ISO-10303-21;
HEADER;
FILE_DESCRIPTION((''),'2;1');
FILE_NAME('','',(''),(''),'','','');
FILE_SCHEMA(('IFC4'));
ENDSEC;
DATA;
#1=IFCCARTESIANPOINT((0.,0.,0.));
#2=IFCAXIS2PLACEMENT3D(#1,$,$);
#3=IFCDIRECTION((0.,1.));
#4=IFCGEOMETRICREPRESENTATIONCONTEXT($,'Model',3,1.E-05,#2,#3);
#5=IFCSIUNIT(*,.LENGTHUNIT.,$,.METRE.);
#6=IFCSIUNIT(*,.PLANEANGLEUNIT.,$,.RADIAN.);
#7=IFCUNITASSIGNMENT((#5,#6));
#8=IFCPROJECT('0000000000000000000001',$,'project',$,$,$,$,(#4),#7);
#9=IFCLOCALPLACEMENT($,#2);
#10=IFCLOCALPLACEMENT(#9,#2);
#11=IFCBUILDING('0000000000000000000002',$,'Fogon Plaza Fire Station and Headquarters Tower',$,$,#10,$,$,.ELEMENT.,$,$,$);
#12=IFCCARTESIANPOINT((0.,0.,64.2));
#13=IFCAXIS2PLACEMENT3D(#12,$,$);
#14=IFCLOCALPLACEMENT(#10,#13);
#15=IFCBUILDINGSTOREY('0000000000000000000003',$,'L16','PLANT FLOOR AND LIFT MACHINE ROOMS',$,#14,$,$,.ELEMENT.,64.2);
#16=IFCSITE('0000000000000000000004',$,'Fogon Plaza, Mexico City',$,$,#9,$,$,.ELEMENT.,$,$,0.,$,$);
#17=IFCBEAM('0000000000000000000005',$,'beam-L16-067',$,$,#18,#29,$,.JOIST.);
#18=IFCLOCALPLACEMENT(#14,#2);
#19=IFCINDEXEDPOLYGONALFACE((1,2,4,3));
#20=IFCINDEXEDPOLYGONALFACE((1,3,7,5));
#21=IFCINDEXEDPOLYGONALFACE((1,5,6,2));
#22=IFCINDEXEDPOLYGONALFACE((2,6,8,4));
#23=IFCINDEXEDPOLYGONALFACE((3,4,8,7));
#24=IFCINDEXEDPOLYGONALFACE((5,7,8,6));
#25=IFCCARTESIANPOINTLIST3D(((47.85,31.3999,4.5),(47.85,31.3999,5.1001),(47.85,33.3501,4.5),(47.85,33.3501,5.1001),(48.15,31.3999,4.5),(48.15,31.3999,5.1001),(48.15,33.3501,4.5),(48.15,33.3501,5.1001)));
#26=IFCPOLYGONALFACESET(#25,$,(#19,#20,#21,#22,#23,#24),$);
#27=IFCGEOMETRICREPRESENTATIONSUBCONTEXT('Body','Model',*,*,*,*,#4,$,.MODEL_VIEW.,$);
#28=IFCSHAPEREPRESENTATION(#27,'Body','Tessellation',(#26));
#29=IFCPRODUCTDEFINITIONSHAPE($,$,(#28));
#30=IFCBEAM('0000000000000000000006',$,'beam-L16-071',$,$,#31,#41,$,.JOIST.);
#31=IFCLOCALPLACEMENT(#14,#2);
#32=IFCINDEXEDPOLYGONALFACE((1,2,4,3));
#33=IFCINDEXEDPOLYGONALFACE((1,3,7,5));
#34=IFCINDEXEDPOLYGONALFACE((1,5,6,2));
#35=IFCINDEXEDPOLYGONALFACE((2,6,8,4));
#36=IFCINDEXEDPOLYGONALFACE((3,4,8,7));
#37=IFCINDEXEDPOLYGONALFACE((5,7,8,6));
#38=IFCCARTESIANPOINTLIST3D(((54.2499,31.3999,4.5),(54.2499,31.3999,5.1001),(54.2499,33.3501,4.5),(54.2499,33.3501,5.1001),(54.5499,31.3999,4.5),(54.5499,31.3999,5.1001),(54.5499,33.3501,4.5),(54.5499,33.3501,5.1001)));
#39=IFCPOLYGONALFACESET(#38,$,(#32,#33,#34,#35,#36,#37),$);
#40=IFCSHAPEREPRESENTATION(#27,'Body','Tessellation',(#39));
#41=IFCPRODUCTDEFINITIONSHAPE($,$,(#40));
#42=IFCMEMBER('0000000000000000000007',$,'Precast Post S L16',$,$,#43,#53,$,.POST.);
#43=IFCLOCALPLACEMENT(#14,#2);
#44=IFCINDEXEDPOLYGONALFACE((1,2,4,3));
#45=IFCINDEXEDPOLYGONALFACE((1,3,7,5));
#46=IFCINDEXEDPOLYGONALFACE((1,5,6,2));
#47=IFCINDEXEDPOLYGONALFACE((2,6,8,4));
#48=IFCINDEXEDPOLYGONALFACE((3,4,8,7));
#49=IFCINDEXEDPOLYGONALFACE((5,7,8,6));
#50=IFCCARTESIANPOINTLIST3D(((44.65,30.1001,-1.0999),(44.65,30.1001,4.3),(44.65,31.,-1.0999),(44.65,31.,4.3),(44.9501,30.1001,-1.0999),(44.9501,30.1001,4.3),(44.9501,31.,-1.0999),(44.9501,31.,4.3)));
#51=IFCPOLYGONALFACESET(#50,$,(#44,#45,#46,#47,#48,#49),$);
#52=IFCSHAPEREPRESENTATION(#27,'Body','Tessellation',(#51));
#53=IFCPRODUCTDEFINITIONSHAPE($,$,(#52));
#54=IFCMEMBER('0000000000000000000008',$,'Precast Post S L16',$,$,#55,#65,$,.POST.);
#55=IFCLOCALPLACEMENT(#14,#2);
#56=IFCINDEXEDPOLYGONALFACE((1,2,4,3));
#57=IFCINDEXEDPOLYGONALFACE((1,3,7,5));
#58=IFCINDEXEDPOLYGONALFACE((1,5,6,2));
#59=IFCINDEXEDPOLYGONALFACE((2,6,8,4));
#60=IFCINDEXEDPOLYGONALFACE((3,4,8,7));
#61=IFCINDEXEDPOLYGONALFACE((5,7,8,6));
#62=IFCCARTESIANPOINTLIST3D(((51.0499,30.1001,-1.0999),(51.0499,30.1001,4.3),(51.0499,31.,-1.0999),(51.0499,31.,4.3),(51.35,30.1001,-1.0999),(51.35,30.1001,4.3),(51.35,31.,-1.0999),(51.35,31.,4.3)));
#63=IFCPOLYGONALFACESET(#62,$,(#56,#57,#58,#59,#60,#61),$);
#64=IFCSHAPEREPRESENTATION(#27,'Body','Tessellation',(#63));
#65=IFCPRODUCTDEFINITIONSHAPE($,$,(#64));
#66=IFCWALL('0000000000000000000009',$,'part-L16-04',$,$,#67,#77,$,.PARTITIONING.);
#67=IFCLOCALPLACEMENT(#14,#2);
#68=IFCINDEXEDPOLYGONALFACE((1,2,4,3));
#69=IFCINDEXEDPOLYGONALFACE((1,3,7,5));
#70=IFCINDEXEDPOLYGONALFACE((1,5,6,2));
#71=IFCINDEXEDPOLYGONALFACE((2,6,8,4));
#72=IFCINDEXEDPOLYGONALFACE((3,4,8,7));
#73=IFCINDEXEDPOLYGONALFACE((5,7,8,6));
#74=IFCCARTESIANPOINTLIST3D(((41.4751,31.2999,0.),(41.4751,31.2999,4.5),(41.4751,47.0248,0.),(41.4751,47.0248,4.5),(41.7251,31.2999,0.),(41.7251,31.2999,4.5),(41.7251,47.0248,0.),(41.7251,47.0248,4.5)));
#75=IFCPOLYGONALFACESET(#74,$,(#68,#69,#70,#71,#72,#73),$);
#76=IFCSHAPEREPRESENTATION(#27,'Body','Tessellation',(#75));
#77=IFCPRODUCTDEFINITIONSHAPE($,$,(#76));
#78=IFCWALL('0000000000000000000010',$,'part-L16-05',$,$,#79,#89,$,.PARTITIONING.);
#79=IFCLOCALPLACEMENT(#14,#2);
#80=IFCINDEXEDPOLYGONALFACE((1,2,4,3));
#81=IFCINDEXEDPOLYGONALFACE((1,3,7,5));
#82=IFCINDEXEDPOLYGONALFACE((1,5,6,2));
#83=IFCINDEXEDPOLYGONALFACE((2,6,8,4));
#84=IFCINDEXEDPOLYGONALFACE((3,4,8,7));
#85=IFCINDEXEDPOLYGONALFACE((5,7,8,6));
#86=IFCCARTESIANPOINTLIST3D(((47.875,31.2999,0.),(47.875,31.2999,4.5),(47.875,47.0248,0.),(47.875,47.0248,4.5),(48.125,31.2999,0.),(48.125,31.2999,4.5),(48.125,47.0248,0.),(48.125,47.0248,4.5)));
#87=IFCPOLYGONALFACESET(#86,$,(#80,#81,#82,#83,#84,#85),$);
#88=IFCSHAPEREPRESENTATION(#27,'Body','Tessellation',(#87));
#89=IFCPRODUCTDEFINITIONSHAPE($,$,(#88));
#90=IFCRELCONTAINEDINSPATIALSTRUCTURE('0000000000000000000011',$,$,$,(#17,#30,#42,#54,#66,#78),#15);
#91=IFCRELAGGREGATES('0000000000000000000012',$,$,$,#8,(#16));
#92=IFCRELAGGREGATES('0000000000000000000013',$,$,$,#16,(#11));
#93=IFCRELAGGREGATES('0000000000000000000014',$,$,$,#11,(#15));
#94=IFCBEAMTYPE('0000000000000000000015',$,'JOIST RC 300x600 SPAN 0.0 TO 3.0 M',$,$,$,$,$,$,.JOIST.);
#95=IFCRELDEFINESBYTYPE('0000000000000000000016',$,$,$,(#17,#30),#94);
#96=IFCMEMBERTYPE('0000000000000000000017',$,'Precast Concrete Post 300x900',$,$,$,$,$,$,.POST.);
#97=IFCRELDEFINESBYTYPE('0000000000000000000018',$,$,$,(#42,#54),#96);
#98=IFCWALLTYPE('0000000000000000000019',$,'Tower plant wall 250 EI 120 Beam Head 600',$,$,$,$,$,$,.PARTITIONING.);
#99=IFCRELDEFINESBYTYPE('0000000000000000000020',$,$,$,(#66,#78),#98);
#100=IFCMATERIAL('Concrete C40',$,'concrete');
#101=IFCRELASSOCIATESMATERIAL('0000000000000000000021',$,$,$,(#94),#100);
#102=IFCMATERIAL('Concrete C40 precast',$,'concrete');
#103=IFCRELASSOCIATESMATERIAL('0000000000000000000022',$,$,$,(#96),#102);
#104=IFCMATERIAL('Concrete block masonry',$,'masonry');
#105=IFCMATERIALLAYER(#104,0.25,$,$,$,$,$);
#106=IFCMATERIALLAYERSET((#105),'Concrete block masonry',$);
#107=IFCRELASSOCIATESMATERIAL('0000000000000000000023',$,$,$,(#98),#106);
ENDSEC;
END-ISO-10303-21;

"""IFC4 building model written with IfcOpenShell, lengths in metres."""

from ifc_helpers import new_model, si_unit, direction, frame, frame_2d, origin, origin_2d, place, context, subcontext, project, spatial, rectangle, extrude, material, layer, layer_set, material_profile, profile_set, type_object, element, save


model = new_model("IFC4")

# Units and contexts
model_context = context("Model", 3, precision=1e-05, world=origin(), true_north=direction((0.0, 1.0)))
body_context = subcontext(model_context, "Body", "Model", "MODEL_VIEW")
ifc_project = project(units=[si_unit("LENGTHUNIT", "METRE"), si_unit("PLANEANGLEUNIT", "RADIAN")], contexts=[model_context])

# Site, building, storey
site_placement = place(None, origin())
site = spatial("IfcSite", under=ifc_project, at=site_placement, Name="Fogon Plaza, Mexico City", CompositionType="ELEMENT", RefElevation=0.0)
building_placement = place(site_placement, origin())
building = spatial("IfcBuilding", under=site, at=building_placement, Name="Fogon Plaza Fire Station and Headquarters Tower", CompositionType="ELEMENT")
storey_placement = place(building_placement, frame((0.0, 0.0, 64.2)))
storey = spatial("IfcBuildingStorey", under=building, at=storey_placement, Name="L16", Description="PLANT FLOOR AND LIFT MACHINE ROOMS", CompositionType="ELEMENT", Elevation=64.2)

# Beams
ifc_material_1 = material(Name="Concrete C40", Category="concrete")
ifc_material_profile_1 = material_profile(ifc_material_1, rectangle(XDim=0.3, YDim=0.6001, at=origin_2d()), Name="RC 300x600")
ifc_profile_set_1 = profile_set([ifc_material_profile_1], Name="Concrete C40")
beam_type_1 = type_object("IfcBeamType", Name="JOIST RC 300x600 SPAN 0.0 TO 3.0 M", PredefinedType="JOIST", material=ifc_profile_set_1)
for number, where, z_axis, x_axis, name in (
    (1, (48.0, 31.3999, 4.8), (0.0, 1.0, 0.0), (-1.0, 0.0, 0.0), "beam-L16-067"),
    (2, (54.3999, 31.3999, 4.8), (0.0, 1.0, 0.0), (-1.0, 0.0, 0.0), "beam-L16-071"),
):
    element("IfcBeam", number, at=place(storey_placement, frame(where, z_axis=z_axis, x_axis=x_axis)), inside=storey, type_object=beam_type_1, Name=name, PredefinedType="JOIST", context=body_context, shape_type="SweptSolid", body=[
        extrude(rectangle(XDim=0.3, YDim=0.6001, at=origin_2d()), origin(), (0.0, 0.0, 1.0), 1.9502),
    ])

# Members
ifc_material_2 = material(Name="Concrete C40 precast", Category="concrete")
ifc_material_profile_2 = material_profile(ifc_material_2, rectangle(XDim=0.3, YDim=0.8999, at=origin_2d()), Name="Precast Concrete Post 300x900")
ifc_profile_set_2 = profile_set([ifc_material_profile_2], Name="Concrete C40 precast")
member_type = type_object("IfcMemberType", Name="Precast Concrete Post 300x900", PredefinedType="POST", material=ifc_profile_set_2)
for number, where, z_axis, x_axis, name in (
    (3, (44.8, 30.55, -1.0999), (0.0, 0.0, 1.0), (1.0, 0.0, 0.0), "Precast Post S L16"),
    (4, (51.2, 30.55, -1.0999), (0.0, 0.0, 1.0), (1.0, 0.0, 0.0), "Precast Post S L16"),
):
    element("IfcMember", number, at=place(storey_placement, frame(where, z_axis=z_axis, x_axis=x_axis)), inside=storey, type_object=member_type, Name=name, PredefinedType="POST", context=body_context, shape_type="SweptSolid", body=[
        extrude(rectangle(XDim=0.3, YDim=0.8999, at=origin_2d()), origin(), (0.0, 0.0, 1.0), 5.3999),
    ])

# Walls
ifc_material_3 = material(Name="Concrete block masonry", Category="masonry")
ifc_layer_1 = layer(ifc_material_3, 0.25)
ifc_layer_set_1 = layer_set([ifc_layer_1], Name="Concrete block masonry")
wall_type = type_object("IfcWallType", Name="Tower plant wall 250 EI 120 Beam Head 600", PredefinedType="PARTITIONING", material=ifc_layer_set_1)
for number, where, z_axis, x_axis, name in (
    (5, (41.6001, 31.3, 0.0), (0.0, 0.0, 1.0), (0.0, 1.0, 0.0), "part-L16-04"),
    (6, (48.0, 31.3, 0.0), (0.0, 0.0, 1.0), (0.0, 1.0, 0.0), "part-L16-05"),
):
    element("IfcWall", number, at=place(storey_placement, frame(where, z_axis=z_axis, x_axis=x_axis)), inside=storey, type_object=wall_type, Name=name, PredefinedType="PARTITIONING", context=body_context, shape_type="SweptSolid", body=[
        extrude(rectangle(XDim=15.7249, YDim=0.25, at=frame_2d((7.8623, 0.0))), origin(), (0.0, 0.0, 1.0), 4.5),
    ])

save(model, "model.ifc")
